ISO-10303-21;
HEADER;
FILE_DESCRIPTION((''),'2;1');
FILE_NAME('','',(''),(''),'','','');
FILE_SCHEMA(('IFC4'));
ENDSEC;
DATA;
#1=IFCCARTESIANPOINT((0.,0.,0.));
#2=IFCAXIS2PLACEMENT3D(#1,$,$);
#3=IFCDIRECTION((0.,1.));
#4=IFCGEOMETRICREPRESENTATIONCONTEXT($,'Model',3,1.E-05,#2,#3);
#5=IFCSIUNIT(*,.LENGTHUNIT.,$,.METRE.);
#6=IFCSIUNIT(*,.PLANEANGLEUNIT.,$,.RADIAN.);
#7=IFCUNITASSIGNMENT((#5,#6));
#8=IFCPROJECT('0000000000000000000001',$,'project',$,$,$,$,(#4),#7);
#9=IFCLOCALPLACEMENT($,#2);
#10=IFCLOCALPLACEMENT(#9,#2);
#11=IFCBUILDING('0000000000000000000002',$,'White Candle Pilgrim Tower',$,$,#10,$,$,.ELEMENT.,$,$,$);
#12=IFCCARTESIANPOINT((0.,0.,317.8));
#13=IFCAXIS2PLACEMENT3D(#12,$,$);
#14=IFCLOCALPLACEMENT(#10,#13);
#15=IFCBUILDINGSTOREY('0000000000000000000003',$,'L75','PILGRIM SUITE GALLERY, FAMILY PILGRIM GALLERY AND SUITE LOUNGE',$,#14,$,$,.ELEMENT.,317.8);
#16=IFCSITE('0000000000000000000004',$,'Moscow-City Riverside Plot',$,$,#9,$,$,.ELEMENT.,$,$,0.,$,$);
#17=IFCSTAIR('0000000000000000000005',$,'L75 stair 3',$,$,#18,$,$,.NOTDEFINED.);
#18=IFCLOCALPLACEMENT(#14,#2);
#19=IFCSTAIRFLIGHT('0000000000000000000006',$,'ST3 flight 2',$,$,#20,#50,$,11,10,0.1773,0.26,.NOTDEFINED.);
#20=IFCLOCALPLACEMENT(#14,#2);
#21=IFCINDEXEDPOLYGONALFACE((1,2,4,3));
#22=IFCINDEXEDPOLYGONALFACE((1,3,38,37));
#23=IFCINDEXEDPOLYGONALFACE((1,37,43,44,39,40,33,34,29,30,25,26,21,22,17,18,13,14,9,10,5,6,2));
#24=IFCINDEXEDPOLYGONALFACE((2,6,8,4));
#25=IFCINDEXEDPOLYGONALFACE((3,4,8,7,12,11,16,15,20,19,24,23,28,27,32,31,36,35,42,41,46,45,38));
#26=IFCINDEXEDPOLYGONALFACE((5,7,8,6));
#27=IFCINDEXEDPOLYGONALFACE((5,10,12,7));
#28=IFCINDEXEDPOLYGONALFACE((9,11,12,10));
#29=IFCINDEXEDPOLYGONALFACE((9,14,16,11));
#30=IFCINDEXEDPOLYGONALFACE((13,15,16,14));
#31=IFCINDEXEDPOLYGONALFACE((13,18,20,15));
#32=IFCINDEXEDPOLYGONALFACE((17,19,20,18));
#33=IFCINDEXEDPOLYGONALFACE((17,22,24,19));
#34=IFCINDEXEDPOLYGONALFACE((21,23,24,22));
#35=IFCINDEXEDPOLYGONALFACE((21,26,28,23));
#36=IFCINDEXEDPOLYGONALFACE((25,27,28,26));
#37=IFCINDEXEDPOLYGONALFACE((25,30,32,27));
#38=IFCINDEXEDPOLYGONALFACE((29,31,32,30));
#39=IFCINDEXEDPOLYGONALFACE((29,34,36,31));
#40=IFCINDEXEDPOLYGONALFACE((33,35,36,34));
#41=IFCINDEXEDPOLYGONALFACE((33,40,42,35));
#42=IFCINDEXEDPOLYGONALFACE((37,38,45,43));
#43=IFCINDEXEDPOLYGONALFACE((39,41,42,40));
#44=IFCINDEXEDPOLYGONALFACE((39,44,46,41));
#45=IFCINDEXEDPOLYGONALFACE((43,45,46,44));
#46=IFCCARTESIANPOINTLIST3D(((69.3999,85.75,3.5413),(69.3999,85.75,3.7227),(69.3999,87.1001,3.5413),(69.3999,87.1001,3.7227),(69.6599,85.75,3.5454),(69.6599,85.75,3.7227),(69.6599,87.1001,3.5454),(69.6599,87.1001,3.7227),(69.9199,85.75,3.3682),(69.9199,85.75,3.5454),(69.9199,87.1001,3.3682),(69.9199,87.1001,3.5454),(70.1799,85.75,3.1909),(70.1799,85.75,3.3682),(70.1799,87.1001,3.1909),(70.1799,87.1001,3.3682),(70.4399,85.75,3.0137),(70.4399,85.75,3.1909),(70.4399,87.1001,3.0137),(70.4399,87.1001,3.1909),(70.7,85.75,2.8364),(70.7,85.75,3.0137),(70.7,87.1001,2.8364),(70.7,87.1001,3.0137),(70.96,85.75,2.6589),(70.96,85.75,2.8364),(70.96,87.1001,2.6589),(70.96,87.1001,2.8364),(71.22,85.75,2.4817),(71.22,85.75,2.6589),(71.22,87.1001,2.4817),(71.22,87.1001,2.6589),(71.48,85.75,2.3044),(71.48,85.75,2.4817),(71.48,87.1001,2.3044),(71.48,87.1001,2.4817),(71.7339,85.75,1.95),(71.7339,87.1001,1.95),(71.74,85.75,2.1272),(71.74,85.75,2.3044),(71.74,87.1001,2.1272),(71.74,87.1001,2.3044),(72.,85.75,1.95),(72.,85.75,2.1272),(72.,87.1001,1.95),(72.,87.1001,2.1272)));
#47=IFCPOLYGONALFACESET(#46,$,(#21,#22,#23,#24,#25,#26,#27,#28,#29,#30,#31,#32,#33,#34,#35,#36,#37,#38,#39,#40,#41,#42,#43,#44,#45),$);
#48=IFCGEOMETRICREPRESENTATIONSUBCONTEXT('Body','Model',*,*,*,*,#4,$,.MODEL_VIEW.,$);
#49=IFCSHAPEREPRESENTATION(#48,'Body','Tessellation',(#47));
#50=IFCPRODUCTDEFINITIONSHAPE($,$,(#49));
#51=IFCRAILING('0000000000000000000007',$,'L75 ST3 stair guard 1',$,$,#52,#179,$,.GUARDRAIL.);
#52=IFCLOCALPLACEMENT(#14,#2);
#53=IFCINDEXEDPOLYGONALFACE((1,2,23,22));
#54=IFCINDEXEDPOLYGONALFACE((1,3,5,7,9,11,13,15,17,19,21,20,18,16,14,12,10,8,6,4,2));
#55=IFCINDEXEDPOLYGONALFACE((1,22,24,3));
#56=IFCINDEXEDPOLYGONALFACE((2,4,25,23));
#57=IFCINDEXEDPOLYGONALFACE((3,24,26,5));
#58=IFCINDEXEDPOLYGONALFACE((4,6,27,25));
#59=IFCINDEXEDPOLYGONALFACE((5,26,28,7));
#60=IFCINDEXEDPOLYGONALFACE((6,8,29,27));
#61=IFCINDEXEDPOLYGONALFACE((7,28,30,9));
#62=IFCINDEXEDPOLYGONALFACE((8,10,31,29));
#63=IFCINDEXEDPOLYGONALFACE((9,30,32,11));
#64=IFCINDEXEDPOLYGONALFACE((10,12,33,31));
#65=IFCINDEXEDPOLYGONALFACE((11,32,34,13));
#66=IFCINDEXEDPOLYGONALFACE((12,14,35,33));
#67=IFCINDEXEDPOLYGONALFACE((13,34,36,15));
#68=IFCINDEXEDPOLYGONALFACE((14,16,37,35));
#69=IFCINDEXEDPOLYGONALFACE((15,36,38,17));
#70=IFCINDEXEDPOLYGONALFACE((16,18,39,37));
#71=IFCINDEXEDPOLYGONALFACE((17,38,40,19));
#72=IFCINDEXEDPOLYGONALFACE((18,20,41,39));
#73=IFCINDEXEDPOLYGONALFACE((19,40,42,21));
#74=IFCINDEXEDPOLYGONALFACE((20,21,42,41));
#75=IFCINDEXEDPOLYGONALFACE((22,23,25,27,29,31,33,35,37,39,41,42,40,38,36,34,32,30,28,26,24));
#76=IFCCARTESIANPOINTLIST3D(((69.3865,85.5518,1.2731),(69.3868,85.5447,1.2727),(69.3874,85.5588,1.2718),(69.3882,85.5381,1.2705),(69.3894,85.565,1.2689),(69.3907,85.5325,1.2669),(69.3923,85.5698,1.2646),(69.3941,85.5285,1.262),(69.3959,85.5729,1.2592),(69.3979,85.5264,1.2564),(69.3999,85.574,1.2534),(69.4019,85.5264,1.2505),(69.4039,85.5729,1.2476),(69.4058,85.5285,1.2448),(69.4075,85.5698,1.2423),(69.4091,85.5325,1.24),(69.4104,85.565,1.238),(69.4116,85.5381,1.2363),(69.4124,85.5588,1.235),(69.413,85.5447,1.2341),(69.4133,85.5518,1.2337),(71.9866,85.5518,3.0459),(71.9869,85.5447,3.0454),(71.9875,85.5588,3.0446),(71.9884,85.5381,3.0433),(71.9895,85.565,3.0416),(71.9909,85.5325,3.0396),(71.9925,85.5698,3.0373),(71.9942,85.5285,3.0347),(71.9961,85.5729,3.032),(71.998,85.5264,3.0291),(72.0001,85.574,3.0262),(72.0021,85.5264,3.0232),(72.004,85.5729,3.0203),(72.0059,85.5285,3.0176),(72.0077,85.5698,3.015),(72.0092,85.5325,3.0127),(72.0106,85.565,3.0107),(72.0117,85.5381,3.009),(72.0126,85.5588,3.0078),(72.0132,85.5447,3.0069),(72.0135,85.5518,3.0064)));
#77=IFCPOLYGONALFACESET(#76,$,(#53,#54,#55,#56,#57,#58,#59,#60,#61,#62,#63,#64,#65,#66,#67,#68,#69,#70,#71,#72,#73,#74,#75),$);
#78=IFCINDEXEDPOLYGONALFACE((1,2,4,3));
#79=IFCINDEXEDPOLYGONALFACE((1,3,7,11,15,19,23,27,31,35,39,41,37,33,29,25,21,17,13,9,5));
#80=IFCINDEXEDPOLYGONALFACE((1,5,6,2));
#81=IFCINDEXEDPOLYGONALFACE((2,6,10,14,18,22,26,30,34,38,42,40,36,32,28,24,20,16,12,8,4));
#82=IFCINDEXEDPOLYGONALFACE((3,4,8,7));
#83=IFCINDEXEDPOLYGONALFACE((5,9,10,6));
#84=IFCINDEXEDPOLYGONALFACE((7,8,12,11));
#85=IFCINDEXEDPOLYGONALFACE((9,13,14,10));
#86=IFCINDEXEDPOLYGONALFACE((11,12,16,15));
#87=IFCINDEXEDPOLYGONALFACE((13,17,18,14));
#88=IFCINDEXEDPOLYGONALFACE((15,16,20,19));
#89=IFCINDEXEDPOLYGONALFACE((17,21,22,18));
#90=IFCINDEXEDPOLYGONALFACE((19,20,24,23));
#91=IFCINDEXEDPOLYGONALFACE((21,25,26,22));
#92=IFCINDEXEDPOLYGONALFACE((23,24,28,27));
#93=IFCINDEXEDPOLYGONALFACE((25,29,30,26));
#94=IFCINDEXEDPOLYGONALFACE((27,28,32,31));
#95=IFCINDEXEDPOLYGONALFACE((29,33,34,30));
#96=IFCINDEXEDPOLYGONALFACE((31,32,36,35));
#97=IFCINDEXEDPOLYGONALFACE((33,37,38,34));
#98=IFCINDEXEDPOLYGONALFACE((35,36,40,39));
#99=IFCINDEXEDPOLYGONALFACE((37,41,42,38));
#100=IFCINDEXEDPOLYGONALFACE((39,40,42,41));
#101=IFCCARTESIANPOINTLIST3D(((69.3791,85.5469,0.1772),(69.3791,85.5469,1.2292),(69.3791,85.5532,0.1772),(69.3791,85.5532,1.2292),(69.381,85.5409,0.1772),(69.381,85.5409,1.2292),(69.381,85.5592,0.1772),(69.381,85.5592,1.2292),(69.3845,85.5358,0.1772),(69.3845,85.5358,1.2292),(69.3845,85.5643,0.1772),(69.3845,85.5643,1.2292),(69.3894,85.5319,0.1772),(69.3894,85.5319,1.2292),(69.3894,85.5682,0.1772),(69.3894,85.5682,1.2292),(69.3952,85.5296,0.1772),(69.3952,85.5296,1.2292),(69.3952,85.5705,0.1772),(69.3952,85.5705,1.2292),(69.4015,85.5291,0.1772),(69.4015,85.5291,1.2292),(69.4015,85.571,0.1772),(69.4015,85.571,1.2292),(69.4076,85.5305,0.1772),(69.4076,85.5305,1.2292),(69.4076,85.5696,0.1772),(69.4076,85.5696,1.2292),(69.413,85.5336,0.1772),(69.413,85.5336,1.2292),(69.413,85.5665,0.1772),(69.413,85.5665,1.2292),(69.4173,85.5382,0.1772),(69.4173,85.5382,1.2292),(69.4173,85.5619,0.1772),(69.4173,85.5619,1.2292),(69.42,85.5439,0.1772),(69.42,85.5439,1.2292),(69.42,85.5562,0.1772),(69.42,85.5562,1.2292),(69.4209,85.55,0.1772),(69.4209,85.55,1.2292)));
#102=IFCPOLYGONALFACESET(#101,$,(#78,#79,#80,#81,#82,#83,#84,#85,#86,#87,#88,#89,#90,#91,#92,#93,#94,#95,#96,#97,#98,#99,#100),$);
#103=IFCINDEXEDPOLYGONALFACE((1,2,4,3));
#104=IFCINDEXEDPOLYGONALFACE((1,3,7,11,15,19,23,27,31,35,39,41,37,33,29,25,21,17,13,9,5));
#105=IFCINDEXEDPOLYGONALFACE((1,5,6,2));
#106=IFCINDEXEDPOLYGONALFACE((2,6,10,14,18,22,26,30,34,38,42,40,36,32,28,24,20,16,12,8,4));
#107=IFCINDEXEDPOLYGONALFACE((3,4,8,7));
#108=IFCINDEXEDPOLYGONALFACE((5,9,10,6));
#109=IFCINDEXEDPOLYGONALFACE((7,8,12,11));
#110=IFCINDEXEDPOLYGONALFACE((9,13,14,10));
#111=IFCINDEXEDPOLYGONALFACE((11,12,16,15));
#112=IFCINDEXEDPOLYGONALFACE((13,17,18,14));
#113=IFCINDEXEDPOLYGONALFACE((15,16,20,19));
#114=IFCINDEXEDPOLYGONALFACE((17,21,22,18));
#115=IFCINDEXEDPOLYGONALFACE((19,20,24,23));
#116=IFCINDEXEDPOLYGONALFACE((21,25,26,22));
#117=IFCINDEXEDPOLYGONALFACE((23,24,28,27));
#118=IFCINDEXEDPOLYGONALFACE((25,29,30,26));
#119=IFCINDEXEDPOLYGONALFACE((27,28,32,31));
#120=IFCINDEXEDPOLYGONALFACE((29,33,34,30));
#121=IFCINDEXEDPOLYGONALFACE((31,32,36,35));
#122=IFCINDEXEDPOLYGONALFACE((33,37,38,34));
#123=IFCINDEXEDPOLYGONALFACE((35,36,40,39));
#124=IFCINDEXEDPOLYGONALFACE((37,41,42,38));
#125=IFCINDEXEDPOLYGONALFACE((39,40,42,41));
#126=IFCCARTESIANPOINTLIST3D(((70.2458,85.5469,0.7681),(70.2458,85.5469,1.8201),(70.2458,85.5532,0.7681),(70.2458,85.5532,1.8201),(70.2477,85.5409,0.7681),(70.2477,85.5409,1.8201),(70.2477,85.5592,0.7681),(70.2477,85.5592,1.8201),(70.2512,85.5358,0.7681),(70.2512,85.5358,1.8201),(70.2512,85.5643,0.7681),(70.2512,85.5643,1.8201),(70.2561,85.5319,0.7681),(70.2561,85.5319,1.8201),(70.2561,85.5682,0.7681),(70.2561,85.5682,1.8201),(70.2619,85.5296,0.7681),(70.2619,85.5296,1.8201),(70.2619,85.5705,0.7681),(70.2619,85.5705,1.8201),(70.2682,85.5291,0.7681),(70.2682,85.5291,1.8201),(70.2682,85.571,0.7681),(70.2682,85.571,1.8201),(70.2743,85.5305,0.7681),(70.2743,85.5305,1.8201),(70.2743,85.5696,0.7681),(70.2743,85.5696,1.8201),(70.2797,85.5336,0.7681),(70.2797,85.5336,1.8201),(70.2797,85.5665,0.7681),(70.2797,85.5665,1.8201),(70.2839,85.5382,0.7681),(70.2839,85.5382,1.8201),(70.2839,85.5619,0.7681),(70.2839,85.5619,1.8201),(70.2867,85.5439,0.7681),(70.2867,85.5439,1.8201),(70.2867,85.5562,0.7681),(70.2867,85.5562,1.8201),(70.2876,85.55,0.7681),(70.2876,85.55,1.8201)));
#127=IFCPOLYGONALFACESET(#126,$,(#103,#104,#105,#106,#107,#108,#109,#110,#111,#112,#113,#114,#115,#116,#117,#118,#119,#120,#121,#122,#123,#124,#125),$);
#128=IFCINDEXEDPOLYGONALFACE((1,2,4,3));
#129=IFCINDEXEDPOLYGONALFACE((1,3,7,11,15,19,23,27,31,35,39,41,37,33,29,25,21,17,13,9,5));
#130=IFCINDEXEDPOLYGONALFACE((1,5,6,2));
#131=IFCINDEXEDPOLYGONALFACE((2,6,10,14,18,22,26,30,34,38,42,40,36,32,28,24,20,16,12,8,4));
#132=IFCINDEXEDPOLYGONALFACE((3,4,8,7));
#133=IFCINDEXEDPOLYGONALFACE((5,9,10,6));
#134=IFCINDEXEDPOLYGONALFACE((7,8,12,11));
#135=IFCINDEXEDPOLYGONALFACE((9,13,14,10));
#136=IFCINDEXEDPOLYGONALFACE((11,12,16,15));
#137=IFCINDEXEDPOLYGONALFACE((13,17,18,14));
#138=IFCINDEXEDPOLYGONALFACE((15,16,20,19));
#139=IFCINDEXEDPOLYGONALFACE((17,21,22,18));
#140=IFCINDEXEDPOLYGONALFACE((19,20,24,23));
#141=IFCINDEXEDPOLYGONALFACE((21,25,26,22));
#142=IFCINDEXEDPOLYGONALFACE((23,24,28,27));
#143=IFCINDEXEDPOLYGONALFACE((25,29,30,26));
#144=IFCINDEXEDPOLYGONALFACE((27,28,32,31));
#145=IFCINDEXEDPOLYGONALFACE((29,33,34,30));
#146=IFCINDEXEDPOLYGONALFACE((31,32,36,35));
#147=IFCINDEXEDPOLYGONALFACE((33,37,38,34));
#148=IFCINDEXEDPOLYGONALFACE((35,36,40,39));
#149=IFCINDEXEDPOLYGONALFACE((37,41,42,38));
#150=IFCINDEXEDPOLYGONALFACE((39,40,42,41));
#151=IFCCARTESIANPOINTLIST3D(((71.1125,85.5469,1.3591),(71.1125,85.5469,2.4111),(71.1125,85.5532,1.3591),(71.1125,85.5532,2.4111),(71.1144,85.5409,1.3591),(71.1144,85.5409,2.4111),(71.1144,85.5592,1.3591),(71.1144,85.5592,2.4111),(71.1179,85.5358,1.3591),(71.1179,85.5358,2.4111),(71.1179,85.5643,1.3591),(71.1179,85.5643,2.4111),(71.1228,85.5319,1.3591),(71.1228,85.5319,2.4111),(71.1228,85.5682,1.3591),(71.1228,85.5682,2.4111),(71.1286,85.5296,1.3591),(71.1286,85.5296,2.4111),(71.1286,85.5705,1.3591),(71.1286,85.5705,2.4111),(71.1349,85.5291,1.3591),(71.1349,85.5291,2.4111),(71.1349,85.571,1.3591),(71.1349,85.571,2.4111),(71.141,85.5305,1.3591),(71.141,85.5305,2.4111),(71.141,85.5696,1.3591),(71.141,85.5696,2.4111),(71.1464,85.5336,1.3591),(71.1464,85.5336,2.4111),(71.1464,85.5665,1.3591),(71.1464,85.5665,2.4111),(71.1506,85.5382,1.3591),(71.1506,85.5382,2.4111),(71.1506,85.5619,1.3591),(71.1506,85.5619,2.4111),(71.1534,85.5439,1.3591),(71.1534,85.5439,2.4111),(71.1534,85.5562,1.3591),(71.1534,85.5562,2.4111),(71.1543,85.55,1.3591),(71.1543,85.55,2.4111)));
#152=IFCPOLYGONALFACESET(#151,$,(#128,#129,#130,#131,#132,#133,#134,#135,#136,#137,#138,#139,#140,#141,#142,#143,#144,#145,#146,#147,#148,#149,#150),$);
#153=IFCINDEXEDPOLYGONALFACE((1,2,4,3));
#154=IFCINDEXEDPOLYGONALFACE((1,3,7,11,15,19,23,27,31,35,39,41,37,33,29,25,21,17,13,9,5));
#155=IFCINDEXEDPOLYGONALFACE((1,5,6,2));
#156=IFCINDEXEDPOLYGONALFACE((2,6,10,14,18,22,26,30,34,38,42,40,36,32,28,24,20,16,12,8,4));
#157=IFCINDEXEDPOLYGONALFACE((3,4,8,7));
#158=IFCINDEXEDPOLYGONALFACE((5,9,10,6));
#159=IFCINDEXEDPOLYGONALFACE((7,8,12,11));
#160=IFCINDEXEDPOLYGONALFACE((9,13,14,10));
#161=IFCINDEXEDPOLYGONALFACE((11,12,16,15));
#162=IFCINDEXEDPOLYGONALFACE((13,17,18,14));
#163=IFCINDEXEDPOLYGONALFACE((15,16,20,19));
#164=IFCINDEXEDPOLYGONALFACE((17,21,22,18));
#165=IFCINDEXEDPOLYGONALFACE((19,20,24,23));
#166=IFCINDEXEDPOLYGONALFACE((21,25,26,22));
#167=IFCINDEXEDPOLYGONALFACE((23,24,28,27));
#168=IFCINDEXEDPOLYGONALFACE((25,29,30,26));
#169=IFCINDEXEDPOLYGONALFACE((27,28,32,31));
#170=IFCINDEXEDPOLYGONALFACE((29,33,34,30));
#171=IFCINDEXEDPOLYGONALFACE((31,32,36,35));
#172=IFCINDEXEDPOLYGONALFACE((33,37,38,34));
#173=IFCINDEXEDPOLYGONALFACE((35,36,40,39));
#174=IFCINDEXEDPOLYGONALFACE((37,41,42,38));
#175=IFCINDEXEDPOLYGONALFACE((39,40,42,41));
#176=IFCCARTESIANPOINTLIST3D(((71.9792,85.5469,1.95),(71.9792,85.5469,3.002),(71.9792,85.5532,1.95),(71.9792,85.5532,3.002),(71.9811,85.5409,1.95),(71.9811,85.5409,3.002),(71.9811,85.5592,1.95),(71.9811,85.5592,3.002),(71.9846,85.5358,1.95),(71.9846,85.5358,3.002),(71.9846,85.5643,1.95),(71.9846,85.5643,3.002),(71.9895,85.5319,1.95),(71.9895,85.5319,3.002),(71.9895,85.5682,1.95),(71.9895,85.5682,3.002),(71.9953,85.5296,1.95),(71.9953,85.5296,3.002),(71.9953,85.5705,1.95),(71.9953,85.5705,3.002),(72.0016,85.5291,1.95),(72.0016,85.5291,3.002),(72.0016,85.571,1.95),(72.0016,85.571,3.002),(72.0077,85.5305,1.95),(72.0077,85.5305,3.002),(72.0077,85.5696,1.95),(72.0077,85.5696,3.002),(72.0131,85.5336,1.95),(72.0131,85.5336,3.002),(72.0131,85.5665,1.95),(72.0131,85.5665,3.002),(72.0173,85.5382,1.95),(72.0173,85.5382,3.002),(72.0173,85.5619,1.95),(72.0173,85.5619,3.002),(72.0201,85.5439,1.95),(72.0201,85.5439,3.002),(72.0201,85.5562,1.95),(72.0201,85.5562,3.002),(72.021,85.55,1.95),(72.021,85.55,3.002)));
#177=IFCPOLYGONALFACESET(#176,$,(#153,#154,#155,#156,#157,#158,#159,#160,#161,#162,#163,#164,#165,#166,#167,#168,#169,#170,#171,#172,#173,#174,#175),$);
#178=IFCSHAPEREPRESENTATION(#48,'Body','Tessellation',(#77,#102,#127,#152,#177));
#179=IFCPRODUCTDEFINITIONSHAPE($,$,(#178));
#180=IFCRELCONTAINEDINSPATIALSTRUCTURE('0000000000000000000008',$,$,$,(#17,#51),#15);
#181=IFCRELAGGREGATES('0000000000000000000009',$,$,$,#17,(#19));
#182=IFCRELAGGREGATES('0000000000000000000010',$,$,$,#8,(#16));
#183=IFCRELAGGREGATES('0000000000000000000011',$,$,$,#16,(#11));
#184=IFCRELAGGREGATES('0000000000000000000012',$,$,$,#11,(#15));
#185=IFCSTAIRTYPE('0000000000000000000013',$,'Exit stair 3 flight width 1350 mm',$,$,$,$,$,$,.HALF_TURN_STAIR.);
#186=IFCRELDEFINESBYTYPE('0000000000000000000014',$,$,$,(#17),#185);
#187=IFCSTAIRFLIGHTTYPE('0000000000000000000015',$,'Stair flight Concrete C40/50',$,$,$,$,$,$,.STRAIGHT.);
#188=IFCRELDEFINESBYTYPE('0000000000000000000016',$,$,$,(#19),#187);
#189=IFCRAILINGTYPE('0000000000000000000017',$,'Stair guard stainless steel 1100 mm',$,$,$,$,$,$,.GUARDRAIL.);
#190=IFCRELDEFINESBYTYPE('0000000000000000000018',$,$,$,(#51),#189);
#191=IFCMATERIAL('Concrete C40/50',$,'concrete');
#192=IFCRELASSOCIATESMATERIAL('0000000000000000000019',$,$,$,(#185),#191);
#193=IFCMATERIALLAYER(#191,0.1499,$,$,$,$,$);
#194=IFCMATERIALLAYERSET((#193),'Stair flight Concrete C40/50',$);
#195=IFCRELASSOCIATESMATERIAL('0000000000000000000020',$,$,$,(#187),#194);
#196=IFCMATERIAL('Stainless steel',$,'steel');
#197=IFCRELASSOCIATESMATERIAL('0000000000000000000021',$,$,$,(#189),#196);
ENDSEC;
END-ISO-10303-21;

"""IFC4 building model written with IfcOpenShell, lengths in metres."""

from ifc_helpers import new_model, si_unit, direction, frame, origin, origin_2d, place, context, subcontext, project, spatial, polyline, circle, outline, extrude, material, layer, layer_set, type_object, element, aggregate, save


model = new_model("IFC4")

# Units and contexts
model_context = context("Model", 3, precision=1e-05, world=origin(), true_north=direction((0.0, 1.0)))
body_context = subcontext(model_context, "Body", "Model", "MODEL_VIEW")
ifc_project = project(units=[si_unit("LENGTHUNIT", "METRE"), si_unit("PLANEANGLEUNIT", "RADIAN")], contexts=[model_context])

# Site, building, storey
site_placement = place(None, origin())
site = spatial("IfcSite", under=ifc_project, at=site_placement, Name="Moscow-City Riverside Plot", CompositionType="ELEMENT", RefElevation=0.0)
building_placement = place(site_placement, origin())
building = spatial("IfcBuilding", under=site, at=building_placement, Name="White Candle Pilgrim Tower", CompositionType="ELEMENT")
storey_placement = place(building_placement, frame((0.0, 0.0, 317.8)))
storey = spatial("IfcBuildingStorey", under=building, at=storey_placement, Name="L75", Description="PILGRIM SUITE GALLERY, FAMILY PILGRIM GALLERY AND SUITE LOUNGE", CompositionType="ELEMENT", Elevation=317.8)

# Shared definitions
ifc_material_1 = material(Name="Concrete C40/50", Category="concrete")

# Stair, stair flight
stair_type = type_object("IfcStairType", Name="Exit stair 3 flight width 1350 mm", PredefinedType="HALF_TURN_STAIR", material=ifc_material_1)
stair_placement = place(storey_placement, origin())
stair = element("IfcStair", 1, at=stair_placement, inside=storey, type_object=stair_type, Name="L75 stair 3", PredefinedType="NOTDEFINED")
ifc_layer_1 = layer(ifc_material_1, 0.1499)
ifc_layer_set_1 = layer_set([ifc_layer_1], Name="Stair flight Concrete C40/50")
stair_flight_type = type_object("IfcStairFlightType", Name="Stair flight Concrete C40/50", PredefinedType="STRAIGHT", material=ifc_layer_set_1)
stair_flight_1_placement = place(storey_placement, frame((72.0, 86.425, 1.95), z_axis=(0.0, 0.0, 1.0), x_axis=(-1.0, 0.0, 0.0)))
stair_flight_1 = element("IfcStairFlight", 2, at=stair_flight_1_placement, type_object=stair_flight_type, Name="ST3 flight 2", NumberOfRisers=11, NumberOfTreads=10, PredefinedType="NOTDEFINED", RiserHeight=0.1773, TreadLength=0.26, context=body_context, shape_type="SweptSolid", body=[
    extrude(outline(polyline([(0.0, 0.0), (0.0, 0.1772), (0.26, 0.1772), (0.26, 0.3545), (0.52, 0.3545), (0.52, 0.5317), (0.78, 0.5317), (0.78, 0.709), (1.04, 0.709), (1.04, 0.8865), (1.3, 0.8865), (1.3, 1.0637), (1.5601, 1.0637), (1.5601, 1.241), (1.8201, 1.241), (1.8201, 1.4182), (2.0801, 1.4182), (2.0801, 1.5955), (2.3401, 1.5955), (2.3401, 1.7727), (2.6001, 1.7727), (2.6001, 1.95), (2.6001, 1.5913), (0.2661, 0.0), (0.0, 0.0)])), frame((0.0, 0.675, 0.0), z_axis=(0.0, -1.0, 0.0), x_axis=(1.0, 0.0, 0.0)), (0.0, 0.0, 1.0), 1.3501),
])
aggregate(stair, [stair_flight_1])

# Railing
ifc_material_2 = material(Name="Stainless steel", Category="steel")
railing_type_1 = type_object("IfcRailingType", Name="Stair guard stainless steel 1100 mm", PredefinedType="GUARDRAIL", material=ifc_material_2)
railing_1_placement = place(storey_placement, frame((69.3999, 85.55, 0.1772)))
element("IfcRailing", 3, at=railing_1_placement, inside=storey, type_object=railing_type_1, Name="L75 ST3 stair guard 1", PredefinedType="GUARDRAIL", context=body_context, shape_type="SweptSolid", body=[
    extrude(circle(Radius=0.0239, at=origin_2d()), frame((0.0, 0.0, 1.0762), z_axis=(0.82624, 0.0, 0.563318), x_axis=(0.0, 1.0, 0.0)), (0.0, 0.0, 1.0), 3.147),
    extrude(circle(Radius=0.021, at=origin_2d()), origin(), (0.0, 0.0, 1.0), 1.052),
    extrude(circle(Radius=0.021, at=origin_2d()), frame((0.8667, 0.0, 0.5908)), (0.0, 0.0, 1.0), 1.052),
    extrude(circle(Radius=0.021, at=origin_2d()), frame((1.7334, 0.0, 1.1819)), (0.0, 0.0, 1.0), 1.052),
    extrude(circle(Radius=0.021, at=origin_2d()), frame((2.6001, 0.0, 1.7727)), (0.0, 0.0, 1.0), 1.052),
])

save(model, "model.ifc")
